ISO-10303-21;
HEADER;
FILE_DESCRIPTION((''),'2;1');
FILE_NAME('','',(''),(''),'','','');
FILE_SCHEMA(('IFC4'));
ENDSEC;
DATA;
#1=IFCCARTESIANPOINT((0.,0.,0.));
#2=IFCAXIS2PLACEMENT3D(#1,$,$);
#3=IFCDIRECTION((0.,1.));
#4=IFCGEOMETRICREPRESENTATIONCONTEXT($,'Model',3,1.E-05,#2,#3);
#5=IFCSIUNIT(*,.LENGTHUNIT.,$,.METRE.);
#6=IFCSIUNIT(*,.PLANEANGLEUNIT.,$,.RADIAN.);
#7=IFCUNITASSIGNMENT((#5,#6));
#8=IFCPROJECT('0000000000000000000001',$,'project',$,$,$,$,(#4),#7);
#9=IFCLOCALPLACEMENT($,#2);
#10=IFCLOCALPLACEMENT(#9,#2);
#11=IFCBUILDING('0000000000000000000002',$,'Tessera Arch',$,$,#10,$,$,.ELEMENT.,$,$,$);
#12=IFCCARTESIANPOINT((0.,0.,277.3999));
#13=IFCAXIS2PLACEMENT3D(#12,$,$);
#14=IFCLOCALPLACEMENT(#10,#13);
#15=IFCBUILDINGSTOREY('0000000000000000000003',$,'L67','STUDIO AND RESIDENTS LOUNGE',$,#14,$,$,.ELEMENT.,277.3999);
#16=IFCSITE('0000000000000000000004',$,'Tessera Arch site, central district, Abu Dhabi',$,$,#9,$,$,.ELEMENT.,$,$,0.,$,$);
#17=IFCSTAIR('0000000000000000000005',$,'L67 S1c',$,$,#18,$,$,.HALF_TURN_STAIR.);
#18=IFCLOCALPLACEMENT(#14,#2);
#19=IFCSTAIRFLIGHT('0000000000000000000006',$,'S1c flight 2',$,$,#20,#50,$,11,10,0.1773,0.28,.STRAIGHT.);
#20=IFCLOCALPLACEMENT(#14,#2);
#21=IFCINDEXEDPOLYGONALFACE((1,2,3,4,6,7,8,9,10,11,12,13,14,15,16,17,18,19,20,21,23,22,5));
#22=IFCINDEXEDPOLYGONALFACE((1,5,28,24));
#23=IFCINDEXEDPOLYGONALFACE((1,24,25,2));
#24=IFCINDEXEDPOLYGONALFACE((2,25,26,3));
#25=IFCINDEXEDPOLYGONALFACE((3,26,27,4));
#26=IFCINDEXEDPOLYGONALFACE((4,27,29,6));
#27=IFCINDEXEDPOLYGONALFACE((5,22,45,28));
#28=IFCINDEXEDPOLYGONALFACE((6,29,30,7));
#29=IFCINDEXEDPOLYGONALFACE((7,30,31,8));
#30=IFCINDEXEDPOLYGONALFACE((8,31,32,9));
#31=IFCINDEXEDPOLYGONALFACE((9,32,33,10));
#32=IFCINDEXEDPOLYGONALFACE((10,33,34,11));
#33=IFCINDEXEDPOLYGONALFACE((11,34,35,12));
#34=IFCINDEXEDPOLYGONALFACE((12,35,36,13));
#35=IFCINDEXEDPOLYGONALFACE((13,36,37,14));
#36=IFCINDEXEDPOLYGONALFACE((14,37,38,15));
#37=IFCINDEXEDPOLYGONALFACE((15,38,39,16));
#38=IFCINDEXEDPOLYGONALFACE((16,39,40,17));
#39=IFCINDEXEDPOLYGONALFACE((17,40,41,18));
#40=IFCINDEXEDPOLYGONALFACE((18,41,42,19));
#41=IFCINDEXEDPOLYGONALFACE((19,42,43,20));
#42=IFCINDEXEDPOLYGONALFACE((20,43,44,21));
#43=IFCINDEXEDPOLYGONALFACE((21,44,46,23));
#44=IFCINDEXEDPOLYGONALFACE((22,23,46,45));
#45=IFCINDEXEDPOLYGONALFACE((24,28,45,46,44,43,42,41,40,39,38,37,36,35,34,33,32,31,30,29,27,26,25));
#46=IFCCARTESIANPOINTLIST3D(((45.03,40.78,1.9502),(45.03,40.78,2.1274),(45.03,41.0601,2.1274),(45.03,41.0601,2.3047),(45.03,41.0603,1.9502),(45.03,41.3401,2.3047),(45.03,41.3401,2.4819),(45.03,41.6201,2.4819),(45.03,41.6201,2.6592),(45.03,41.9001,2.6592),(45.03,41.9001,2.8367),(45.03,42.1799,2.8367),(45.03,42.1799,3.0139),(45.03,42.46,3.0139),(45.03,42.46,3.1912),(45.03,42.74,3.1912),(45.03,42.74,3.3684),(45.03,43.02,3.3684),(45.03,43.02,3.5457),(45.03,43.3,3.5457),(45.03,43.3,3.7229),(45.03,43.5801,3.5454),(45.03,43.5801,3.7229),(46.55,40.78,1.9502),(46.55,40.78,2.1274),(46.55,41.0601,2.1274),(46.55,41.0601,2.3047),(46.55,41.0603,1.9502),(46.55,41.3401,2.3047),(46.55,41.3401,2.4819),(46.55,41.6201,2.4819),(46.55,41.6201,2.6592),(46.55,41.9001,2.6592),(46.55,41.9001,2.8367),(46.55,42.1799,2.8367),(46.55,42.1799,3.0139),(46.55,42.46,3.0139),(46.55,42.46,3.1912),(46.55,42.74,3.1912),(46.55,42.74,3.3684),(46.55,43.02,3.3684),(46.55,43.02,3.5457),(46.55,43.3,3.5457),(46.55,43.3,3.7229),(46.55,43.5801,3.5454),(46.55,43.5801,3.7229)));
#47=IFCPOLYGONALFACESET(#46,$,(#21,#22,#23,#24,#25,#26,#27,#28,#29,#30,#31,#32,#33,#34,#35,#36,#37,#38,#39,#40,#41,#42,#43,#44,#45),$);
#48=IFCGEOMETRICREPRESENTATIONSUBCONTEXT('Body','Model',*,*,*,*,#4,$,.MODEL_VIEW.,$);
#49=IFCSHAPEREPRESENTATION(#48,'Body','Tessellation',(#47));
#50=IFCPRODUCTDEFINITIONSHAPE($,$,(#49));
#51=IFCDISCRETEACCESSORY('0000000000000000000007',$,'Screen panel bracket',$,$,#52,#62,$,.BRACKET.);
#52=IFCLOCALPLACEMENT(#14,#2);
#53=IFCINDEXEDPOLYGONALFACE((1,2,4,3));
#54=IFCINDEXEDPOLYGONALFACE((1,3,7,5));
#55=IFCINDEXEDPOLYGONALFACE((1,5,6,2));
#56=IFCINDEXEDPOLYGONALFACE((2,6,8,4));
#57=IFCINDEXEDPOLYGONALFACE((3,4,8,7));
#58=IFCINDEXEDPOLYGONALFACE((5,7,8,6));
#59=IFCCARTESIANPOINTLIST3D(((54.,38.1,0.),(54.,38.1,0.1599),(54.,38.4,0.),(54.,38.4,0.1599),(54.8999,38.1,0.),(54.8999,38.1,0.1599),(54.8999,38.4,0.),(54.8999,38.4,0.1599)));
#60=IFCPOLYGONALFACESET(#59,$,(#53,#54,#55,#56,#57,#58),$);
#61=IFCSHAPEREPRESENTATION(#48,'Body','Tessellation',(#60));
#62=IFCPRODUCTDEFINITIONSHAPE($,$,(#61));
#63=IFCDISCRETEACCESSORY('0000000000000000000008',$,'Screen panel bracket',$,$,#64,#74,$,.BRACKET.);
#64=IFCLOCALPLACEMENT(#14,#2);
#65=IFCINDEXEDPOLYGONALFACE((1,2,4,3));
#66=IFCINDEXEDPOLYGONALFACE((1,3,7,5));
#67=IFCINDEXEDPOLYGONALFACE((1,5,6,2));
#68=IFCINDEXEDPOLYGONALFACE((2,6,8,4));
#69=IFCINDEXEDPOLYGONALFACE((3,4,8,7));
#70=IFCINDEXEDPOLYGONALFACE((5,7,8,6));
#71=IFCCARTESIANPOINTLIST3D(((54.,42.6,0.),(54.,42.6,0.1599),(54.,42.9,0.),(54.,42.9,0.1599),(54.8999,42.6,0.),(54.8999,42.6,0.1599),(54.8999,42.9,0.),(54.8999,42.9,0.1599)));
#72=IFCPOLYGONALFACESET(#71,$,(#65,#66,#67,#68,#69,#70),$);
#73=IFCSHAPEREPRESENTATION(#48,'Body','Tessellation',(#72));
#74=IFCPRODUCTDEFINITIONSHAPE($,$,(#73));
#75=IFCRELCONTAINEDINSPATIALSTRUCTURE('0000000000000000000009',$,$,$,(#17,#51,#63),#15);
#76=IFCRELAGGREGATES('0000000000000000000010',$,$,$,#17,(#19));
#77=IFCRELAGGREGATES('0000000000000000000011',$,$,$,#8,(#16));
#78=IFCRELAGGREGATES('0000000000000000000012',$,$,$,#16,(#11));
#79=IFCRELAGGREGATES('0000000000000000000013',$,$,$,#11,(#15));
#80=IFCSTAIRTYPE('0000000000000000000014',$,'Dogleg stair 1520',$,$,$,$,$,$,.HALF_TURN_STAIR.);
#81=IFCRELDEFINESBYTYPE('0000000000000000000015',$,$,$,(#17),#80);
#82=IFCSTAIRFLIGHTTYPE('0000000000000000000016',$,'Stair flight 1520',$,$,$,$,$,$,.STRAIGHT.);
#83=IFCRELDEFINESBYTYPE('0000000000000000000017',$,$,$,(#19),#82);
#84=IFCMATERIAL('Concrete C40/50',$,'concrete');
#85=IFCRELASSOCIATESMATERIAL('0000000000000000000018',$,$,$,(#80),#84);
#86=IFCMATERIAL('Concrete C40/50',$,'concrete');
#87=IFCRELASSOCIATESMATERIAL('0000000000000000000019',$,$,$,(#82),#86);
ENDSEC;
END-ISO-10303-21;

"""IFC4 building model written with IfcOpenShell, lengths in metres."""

from ifc_helpers import new_model, si_unit, direction, frame, origin, origin_2d, place, context, subcontext, project, spatial, polyline, rectangle, outline, extrude, material, type_object, element, aggregate, save


model = new_model("IFC4")

# Units and contexts
model_context = context("Model", 3, precision=1e-05, world=origin(), true_north=direction((0.0, 1.0)))
body_context = subcontext(model_context, "Body", "Model", "MODEL_VIEW")
ifc_project = project(units=[si_unit("LENGTHUNIT", "METRE"), si_unit("PLANEANGLEUNIT", "RADIAN")], contexts=[model_context])

# Site, building, storey
site_placement = place(None, origin())
site = spatial("IfcSite", under=ifc_project, at=site_placement, Name="Tessera Arch site, central district, Abu Dhabi", CompositionType="ELEMENT", RefElevation=0.0)
building_placement = place(site_placement, origin())
building = spatial("IfcBuilding", under=site, at=building_placement, Name="Tessera Arch", CompositionType="ELEMENT")
storey_placement = place(building_placement, frame((0.0, 0.0, 277.3999)))
storey = spatial("IfcBuildingStorey", under=building, at=storey_placement, Name="L67", Description="STUDIO AND RESIDENTS LOUNGE", CompositionType="ELEMENT", Elevation=277.3999)

# Shared definitions
ifc_material_1 = material(Name="Concrete C40/50", Category="concrete")
stair_type = type_object("IfcStairType", Name="Dogleg stair 1520", PredefinedType="HALF_TURN_STAIR", material=ifc_material_1)
ifc_material_2 = material(Name="Concrete C40/50", Category="concrete")
stair_flight_type = type_object("IfcStairFlightType", Name="Stair flight 1520", PredefinedType="STRAIGHT", material=ifc_material_2)

# Stair, stair flight
stair_1_placement = place(storey_placement, origin())
stair_1 = element("IfcStair", 1, at=stair_1_placement, inside=storey, type_object=stair_type, Name="L67 S1c", PredefinedType="HALF_TURN_STAIR")
stair_flight_1_placement = place(storey_placement, frame((45.79, 40.78, 1.9502), z_axis=(0.0, 0.0, 1.0), x_axis=(0.0, 1.0, 0.0)))
stair_flight_1 = element("IfcStairFlight", 2, at=stair_flight_1_placement, type_object=stair_flight_type, Name="S1c flight 2", NumberOfRisers=11, NumberOfTreads=10, PredefinedType="STRAIGHT", RiserHeight=0.1773, TreadLength=0.28, context=body_context, shape_type="SweptSolid", body=[
    extrude(outline(polyline([(0.0, 0.0), (0.0, 0.1772), (0.28, 0.1772), (0.28, 0.3545), (0.5601, 0.3545), (0.5601, 0.5317), (0.8401, 0.5317), (0.8401, 0.709), (1.1201, 0.709), (1.1201, 0.8865), (1.3999, 0.8865), (1.3999, 1.0637), (1.6799, 1.0637), (1.6799, 1.241), (1.96, 1.241), (1.96, 1.4182), (2.24, 1.4182), (2.24, 1.5955), (2.52, 1.5955), (2.52, 1.7727), (2.8, 1.7727), (2.8, 1.95), (2.8, 1.5952), (0.2803, 0.0), (0.0, 0.0)])), frame((0.0, 0.76, 0.0), z_axis=(0.0, -1.0, 0.0), x_axis=(1.0, 0.0, 0.0)), (0.0, 0.0, 1.0), 1.52),
])
aggregate(stair_1, [stair_flight_1])

# Discrete accessories
for number, where, z_axis, x_axis, name in (
    (3, (54.45, 38.25, 0.0), (0.0, 0.0, 1.0), (1.0, 0.0, 0.0), "Screen panel bracket"),
    (4, (54.45, 42.75, 0.0), (0.0, 0.0, 1.0), (1.0, 0.0, 0.0), "Screen panel bracket"),
):
    element("IfcDiscreteAccessory", number, at=place(storey_placement, frame(where, z_axis=z_axis, x_axis=x_axis)), inside=storey, Name=name, PredefinedType="BRACKET", context=body_context, shape_type="SweptSolid", body=[
        extrude(rectangle(XDim=0.8999, YDim=0.3, at=origin_2d()), origin(), (0.0, 0.0, 1.0), 0.1599),
    ])

save(model, "model.ifc")
